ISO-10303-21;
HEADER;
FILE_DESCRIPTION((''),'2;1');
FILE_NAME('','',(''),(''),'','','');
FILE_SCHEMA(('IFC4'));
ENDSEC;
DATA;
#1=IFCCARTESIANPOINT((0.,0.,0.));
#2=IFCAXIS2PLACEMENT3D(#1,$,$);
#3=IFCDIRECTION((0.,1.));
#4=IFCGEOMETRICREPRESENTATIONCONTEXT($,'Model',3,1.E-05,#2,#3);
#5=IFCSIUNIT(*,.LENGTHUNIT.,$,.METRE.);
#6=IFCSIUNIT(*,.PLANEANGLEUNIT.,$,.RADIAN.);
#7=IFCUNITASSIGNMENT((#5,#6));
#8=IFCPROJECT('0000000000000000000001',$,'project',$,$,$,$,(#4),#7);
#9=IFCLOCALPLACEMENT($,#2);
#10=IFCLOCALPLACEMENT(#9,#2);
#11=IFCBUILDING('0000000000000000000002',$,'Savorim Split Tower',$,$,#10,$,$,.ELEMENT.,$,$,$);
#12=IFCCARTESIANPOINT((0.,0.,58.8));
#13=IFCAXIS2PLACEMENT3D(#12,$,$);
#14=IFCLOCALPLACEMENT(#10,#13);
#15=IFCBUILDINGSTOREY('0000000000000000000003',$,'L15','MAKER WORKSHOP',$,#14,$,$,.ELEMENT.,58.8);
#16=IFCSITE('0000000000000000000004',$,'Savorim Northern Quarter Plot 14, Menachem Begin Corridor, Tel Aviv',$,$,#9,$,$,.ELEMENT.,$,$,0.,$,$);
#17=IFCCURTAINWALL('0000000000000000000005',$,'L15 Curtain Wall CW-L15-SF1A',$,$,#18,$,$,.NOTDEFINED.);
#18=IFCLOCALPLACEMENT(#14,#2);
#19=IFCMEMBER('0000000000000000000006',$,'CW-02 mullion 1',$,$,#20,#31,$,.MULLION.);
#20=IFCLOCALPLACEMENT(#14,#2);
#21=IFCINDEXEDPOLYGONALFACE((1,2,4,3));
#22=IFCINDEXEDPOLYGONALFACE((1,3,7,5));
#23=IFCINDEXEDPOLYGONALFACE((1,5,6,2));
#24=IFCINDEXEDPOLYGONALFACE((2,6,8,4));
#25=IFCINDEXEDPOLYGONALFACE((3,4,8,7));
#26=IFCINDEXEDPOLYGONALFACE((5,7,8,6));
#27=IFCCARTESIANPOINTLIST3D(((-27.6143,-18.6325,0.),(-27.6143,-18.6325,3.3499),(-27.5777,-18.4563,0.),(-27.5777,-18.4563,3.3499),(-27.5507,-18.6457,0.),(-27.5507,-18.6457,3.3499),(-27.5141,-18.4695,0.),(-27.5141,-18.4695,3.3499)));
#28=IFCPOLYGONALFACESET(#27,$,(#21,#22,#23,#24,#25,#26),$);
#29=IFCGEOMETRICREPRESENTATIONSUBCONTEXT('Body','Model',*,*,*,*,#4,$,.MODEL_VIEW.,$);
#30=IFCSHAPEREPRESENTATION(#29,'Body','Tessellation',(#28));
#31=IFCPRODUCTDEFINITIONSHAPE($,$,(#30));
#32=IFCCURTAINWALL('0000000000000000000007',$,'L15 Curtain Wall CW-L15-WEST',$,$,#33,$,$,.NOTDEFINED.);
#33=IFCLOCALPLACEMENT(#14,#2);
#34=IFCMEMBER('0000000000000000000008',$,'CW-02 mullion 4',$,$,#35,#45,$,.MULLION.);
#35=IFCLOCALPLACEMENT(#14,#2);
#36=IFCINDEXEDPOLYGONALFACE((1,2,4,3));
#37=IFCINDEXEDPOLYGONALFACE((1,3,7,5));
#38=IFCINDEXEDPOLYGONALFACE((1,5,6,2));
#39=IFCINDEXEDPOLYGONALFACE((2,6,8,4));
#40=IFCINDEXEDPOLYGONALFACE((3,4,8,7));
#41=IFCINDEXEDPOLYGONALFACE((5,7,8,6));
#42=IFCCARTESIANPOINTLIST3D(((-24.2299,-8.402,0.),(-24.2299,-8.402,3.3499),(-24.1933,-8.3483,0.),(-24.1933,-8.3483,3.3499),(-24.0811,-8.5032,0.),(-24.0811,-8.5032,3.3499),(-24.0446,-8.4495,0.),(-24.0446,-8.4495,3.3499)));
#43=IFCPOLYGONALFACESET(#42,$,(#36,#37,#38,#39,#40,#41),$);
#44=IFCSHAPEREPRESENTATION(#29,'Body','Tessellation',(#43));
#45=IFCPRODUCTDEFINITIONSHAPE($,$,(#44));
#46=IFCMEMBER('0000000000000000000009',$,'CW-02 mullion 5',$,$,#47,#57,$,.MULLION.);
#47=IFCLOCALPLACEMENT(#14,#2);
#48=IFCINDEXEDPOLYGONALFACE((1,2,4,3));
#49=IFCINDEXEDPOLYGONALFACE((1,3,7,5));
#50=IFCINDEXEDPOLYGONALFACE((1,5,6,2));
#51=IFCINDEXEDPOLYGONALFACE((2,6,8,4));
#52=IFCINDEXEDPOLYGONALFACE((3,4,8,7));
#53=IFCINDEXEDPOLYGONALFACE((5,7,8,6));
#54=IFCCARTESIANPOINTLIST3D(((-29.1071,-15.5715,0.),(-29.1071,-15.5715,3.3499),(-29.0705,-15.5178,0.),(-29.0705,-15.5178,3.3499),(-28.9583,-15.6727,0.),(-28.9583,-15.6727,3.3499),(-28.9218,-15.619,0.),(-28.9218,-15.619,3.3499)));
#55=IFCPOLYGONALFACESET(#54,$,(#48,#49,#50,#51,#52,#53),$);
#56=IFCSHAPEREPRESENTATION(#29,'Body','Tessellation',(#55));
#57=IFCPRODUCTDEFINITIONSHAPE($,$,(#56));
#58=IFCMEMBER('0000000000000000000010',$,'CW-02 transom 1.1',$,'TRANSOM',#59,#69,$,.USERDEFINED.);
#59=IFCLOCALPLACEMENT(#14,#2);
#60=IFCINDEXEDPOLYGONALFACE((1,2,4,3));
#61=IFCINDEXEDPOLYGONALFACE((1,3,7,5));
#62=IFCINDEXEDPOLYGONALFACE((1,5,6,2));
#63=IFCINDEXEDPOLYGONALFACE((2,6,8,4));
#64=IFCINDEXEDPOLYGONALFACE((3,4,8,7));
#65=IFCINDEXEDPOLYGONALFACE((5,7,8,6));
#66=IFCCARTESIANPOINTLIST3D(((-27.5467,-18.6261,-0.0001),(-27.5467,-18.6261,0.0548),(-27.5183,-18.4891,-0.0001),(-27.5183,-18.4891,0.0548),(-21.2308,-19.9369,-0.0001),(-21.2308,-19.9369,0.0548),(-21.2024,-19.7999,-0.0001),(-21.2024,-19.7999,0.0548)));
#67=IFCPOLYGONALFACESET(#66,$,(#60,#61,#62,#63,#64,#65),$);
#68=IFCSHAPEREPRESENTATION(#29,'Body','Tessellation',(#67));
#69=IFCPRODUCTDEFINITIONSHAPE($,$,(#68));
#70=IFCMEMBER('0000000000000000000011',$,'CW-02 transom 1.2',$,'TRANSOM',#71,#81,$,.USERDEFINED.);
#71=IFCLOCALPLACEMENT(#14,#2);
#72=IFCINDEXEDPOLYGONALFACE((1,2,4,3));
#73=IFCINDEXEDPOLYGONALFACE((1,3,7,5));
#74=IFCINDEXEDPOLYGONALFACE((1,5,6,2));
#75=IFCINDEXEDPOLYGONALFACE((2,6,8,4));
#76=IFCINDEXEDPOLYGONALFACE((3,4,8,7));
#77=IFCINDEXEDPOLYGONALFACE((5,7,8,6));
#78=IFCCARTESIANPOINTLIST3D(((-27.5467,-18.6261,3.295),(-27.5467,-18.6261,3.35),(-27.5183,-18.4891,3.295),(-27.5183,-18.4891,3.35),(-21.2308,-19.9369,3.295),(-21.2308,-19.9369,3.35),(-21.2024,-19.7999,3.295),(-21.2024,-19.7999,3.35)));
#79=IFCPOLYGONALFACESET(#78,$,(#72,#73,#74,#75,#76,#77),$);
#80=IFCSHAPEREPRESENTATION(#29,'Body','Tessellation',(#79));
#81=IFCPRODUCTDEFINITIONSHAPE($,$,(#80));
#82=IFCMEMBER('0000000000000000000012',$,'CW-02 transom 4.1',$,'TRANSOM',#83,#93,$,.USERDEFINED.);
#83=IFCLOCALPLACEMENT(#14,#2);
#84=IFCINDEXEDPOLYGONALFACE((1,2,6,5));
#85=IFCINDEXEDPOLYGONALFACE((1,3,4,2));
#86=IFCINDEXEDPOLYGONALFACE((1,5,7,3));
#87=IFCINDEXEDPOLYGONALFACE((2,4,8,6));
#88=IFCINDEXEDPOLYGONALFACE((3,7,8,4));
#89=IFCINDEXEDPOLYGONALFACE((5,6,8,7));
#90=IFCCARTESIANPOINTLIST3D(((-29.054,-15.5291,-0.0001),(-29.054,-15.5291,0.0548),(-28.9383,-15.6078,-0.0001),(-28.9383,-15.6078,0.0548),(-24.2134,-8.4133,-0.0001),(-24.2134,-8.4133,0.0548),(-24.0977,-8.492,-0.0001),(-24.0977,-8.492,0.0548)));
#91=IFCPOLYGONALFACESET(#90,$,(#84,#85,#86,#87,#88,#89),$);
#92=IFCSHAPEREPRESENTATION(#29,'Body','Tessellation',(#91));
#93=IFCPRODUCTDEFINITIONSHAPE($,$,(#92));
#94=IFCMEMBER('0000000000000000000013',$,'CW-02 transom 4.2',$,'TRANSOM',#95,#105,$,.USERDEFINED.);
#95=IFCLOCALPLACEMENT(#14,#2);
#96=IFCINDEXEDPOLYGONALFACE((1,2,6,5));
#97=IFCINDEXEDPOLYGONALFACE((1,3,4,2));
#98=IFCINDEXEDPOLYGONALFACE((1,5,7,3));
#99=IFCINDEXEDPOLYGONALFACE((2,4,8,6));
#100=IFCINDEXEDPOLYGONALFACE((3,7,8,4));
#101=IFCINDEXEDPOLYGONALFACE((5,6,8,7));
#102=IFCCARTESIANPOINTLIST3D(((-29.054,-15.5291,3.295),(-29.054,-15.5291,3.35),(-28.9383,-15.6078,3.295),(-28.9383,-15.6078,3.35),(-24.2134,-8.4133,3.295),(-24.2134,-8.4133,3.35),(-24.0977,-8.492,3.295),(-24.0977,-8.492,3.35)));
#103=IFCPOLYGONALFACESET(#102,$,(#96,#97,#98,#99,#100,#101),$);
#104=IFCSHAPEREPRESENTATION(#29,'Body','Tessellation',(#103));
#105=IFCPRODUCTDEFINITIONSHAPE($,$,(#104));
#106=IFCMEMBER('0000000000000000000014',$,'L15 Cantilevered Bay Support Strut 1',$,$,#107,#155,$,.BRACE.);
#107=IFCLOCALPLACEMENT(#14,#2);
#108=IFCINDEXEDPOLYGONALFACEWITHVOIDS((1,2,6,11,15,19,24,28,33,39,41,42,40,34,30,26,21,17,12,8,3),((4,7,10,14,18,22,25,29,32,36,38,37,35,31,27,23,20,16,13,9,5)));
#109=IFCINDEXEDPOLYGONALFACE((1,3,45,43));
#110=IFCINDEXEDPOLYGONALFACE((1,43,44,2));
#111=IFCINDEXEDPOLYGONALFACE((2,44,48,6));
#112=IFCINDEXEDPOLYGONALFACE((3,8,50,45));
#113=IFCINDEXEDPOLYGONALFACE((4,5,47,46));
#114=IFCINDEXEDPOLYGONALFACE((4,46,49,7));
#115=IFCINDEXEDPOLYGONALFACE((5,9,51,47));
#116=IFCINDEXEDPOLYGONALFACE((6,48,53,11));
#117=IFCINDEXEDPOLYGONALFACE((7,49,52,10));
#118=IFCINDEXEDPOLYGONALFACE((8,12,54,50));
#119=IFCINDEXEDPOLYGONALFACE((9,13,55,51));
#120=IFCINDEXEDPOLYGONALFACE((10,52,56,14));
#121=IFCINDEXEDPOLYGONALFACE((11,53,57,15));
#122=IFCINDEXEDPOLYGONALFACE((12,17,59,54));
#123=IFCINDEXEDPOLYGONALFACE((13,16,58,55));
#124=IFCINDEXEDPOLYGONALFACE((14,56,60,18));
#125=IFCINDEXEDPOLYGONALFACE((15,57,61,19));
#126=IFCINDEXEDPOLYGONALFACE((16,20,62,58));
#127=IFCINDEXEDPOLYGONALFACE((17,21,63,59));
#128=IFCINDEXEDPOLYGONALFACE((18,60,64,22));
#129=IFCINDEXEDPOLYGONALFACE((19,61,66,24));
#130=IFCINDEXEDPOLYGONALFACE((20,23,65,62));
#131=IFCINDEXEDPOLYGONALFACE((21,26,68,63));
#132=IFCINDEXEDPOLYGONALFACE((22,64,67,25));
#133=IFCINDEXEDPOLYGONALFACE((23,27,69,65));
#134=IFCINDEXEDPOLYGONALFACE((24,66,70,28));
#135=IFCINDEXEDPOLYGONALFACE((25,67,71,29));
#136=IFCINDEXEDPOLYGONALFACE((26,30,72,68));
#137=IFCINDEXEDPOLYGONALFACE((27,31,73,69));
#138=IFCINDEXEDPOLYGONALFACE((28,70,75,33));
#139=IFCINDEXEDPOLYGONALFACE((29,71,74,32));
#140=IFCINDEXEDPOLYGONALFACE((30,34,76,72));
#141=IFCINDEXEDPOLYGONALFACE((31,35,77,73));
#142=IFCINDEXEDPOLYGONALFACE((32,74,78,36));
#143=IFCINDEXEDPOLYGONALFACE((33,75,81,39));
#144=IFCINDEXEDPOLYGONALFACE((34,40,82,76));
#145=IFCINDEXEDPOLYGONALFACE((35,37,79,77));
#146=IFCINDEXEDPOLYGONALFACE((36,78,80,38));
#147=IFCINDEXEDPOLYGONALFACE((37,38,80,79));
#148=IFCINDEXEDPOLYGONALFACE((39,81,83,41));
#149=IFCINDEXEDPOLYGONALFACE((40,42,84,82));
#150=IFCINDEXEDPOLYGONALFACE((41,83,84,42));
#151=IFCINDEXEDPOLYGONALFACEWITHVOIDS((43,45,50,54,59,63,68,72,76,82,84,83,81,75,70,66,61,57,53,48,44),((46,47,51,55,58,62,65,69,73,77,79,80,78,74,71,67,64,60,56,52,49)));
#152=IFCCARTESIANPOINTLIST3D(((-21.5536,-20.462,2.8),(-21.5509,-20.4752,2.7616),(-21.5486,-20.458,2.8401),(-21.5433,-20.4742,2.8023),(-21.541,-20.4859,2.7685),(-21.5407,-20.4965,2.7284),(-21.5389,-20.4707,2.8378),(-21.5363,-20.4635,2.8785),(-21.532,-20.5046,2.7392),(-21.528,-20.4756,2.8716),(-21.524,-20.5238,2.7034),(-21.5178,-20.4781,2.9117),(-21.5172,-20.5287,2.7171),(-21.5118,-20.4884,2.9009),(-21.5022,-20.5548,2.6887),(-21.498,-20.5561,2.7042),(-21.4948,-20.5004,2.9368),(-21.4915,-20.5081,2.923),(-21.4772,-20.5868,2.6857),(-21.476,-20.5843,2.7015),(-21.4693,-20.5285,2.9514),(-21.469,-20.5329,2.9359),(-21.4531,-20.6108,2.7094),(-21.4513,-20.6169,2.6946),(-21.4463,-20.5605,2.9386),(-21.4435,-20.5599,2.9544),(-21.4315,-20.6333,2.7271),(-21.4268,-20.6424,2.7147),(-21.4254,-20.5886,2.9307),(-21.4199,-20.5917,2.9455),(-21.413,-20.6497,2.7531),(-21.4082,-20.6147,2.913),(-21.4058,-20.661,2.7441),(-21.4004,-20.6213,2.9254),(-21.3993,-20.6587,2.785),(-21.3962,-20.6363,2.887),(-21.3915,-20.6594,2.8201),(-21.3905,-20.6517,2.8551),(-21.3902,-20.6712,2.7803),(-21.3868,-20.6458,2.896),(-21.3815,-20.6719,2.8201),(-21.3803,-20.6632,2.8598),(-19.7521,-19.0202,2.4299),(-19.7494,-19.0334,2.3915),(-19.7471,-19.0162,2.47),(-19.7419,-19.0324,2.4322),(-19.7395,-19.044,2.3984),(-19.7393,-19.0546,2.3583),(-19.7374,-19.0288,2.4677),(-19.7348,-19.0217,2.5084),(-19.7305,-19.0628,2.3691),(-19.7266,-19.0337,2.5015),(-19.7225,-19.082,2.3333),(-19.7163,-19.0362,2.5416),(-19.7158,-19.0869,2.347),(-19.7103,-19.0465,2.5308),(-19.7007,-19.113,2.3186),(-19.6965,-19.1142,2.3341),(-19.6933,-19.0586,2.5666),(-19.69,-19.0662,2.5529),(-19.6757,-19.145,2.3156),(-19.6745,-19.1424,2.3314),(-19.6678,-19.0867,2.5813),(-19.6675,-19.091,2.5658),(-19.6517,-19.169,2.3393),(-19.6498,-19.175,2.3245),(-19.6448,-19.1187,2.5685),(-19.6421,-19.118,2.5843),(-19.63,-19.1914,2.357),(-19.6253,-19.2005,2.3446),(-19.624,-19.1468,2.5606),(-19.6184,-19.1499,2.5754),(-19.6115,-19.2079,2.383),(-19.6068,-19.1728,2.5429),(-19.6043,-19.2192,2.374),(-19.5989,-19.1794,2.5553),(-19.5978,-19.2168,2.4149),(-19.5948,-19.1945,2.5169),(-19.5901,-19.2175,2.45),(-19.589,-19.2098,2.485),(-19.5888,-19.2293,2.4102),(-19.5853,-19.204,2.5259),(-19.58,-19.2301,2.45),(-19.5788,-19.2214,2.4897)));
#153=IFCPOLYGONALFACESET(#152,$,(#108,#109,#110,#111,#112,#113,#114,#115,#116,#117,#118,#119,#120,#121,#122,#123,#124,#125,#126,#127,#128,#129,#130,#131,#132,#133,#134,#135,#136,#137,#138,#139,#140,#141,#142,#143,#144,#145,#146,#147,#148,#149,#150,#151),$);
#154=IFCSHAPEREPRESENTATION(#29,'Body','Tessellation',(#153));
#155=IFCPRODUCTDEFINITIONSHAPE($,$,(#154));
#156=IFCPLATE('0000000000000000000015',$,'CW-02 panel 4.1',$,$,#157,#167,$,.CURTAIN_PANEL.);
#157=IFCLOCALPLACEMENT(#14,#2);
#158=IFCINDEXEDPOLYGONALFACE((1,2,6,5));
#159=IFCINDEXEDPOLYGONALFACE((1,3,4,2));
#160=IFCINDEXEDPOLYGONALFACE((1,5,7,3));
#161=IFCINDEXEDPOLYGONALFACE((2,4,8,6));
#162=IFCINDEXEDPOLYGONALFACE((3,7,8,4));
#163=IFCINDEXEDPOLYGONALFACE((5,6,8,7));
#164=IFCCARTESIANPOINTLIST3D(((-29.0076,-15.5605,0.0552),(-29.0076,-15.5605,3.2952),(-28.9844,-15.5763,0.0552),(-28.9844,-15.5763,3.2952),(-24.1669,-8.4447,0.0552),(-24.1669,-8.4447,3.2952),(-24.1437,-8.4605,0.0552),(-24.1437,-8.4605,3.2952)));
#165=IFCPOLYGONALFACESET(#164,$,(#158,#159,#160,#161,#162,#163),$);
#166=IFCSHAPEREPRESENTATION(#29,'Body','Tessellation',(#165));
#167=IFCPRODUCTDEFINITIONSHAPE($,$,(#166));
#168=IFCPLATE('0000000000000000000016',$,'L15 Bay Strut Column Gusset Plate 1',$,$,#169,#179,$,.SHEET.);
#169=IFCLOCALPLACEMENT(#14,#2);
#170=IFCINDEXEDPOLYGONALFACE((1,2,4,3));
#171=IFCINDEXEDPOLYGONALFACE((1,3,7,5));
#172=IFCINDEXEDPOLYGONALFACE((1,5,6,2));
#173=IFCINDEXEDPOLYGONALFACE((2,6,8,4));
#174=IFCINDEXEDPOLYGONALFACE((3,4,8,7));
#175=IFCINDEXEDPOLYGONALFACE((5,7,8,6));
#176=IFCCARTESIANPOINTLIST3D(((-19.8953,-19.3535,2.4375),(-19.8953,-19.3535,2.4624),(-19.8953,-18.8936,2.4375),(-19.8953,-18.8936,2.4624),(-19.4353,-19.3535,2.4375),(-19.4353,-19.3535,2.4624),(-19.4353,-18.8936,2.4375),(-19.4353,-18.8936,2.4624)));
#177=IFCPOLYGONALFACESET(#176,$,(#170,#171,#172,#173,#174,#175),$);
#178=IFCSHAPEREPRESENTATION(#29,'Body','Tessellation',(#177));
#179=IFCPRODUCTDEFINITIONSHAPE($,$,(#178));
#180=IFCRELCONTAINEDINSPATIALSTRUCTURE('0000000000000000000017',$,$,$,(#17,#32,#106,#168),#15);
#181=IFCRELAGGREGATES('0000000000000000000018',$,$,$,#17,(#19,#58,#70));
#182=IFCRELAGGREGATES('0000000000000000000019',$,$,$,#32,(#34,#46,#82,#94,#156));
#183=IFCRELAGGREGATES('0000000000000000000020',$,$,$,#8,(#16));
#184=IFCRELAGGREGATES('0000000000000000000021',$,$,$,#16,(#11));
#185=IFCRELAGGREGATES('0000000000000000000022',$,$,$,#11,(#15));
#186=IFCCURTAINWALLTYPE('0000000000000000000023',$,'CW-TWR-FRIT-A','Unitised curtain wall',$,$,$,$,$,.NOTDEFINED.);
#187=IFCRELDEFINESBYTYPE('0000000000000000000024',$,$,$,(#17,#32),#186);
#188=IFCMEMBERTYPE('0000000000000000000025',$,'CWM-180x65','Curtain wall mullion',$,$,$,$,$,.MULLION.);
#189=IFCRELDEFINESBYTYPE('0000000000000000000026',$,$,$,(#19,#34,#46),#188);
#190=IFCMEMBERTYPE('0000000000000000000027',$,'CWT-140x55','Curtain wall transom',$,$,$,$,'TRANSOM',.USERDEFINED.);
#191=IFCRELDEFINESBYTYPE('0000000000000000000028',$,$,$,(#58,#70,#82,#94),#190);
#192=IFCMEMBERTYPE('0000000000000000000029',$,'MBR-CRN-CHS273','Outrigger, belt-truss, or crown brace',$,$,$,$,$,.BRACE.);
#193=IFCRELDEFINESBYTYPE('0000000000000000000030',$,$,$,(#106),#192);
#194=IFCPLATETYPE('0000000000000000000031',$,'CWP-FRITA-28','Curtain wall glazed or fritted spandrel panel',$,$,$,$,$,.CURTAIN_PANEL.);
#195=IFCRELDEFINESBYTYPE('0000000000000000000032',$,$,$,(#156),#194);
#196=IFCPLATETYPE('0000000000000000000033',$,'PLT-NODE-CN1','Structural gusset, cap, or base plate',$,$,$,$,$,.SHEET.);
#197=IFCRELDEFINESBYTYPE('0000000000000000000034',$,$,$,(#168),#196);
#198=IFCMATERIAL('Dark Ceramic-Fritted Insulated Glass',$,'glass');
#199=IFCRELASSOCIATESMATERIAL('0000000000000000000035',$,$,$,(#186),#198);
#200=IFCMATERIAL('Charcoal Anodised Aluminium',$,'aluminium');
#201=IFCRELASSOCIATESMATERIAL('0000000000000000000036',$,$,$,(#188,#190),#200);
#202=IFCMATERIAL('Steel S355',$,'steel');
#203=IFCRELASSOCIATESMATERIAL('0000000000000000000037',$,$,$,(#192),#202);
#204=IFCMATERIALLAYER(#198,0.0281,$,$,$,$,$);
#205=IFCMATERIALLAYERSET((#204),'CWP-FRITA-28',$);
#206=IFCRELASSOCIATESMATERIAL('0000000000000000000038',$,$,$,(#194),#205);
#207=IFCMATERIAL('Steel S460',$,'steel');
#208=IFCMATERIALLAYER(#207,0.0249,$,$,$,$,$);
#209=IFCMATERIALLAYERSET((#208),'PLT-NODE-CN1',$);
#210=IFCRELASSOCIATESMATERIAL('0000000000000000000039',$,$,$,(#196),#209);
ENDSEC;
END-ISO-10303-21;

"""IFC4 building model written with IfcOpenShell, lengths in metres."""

from ifc_helpers import new_model, si_unit, direction, frame, origin, origin_2d, place, context, subcontext, project, spatial, rectangle, hollow_circle, extrude, material, layer, layer_set, material_profile, profile_set, type_object, element, aggregate, save


model = new_model("IFC4")

# Units and contexts
model_context = context("Model", 3, precision=1e-05, world=origin(), true_north=direction((0.0, 1.0)))
body_context = subcontext(model_context, "Body", "Model", "MODEL_VIEW")
ifc_project = project(units=[si_unit("LENGTHUNIT", "METRE"), si_unit("PLANEANGLEUNIT", "RADIAN")], contexts=[model_context])

# Site, building, storey
site_placement = place(None, origin())
site = spatial("IfcSite", under=ifc_project, at=site_placement, Name="Savorim Northern Quarter Plot 14, Menachem Begin Corridor, Tel Aviv", CompositionType="ELEMENT", RefElevation=0.0)
building_placement = place(site_placement, origin())
building = spatial("IfcBuilding", under=site, at=building_placement, Name="Savorim Split Tower", CompositionType="ELEMENT")
storey_placement = place(building_placement, frame((0.0, 0.0, 58.8)))
storey = spatial("IfcBuildingStorey", under=building, at=storey_placement, Name="L15", Description="MAKER WORKSHOP", CompositionType="ELEMENT", Elevation=58.8)

# Shared definitions
ifc_material_1 = material(Name="Steel S460", Category="steel")

# Shared definitions
ifc_material_2 = material(Name="Steel S355", Category="steel")

# Curtain wall, member
ifc_material_3 = material(Name="Dark Ceramic-Fritted Insulated Glass", Category="glass")
curtain_wall_type = type_object("IfcCurtainWallType", Name="CW-TWR-FRIT-A", Description="Unitised curtain wall", PredefinedType="NOTDEFINED", material=ifc_material_3)
curtain_wall_1_placement = place(storey_placement, origin())
curtain_wall_1 = element("IfcCurtainWall", 1, at=curtain_wall_1_placement, inside=storey, type_object=curtain_wall_type, Name="L15 Curtain Wall CW-L15-SF1A", PredefinedType="NOTDEFINED")
ifc_material_4 = material(Name="Charcoal Anodised Aluminium", Category="aluminium")
ifc_material_profile_1 = material_profile(ifc_material_4, rectangle(XDim=0.1799, YDim=0.0649, at=origin_2d()), Name="ALU-M 180x65")
ifc_profile_set_1 = profile_set([ifc_material_profile_1], Name="Charcoal Anodised Aluminium")
member_type_1 = type_object("IfcMemberType", Name="CWM-180x65", Description="Curtain wall mullion", PredefinedType="MULLION", material=ifc_profile_set_1)
member_1_placement = place(storey_placement, frame((-27.5642, -18.551, 0.0), z_axis=(0.0, 0.0, 1.0), x_axis=(0.20321, 0.979135, 0.0)))
member_1 = element("IfcMember", 2, at=member_1_placement, type_object=member_type_1, Name="CW-02 mullion 1", PredefinedType="MULLION", context=body_context, shape_type="SweptSolid", body=[
    extrude(rectangle(XDim=0.1799, YDim=0.0649, at=origin_2d()), origin(), (0.0, 0.0, 1.0), 3.3499),
])

# Curtain wall, members
curtain_wall_2_placement = place(storey_placement, origin())
curtain_wall_2 = element("IfcCurtainWall", 3, at=curtain_wall_2_placement, inside=storey, type_object=curtain_wall_type, Name="L15 Curtain Wall CW-L15-WEST", PredefinedType="NOTDEFINED")
member_2_placement = place(storey_placement, frame((-24.1372, -8.4258, 0.0), z_axis=(0.0, 0.0, 1.0), x_axis=(0.82682, -0.562466, 0.0)))
member_2 = element("IfcMember", 4, at=member_2_placement, type_object=member_type_1, Name="CW-02 mullion 4", PredefinedType="MULLION", context=body_context, shape_type="SweptSolid", body=[
    extrude(rectangle(XDim=0.1799, YDim=0.0649, at=origin_2d()), origin(), (0.0, 0.0, 1.0), 3.3499),
])
member_3_placement = place(storey_placement, frame((-29.0144, -15.5952, 0.0), z_axis=(0.0, 0.0, 1.0), x_axis=(0.82682, -0.562466, 0.0)))
member_3 = element("IfcMember", 5, at=member_3_placement, type_object=member_type_1, Name="CW-02 mullion 5", PredefinedType="MULLION", context=body_context, shape_type="SweptSolid", body=[
    extrude(rectangle(XDim=0.1799, YDim=0.0649, at=origin_2d()), origin(), (0.0, 0.0, 1.0), 3.3499),
])

# Members
ifc_material_profile_2 = material_profile(ifc_material_4, rectangle(XDim=0.1399, YDim=0.0549, at=origin_2d()), Name="ALU-T 140x55")
ifc_profile_set_2 = profile_set([ifc_material_profile_2], Name="Charcoal Anodised Aluminium")
member_type_2 = type_object("IfcMemberType", Name="CWT-140x55", Description="Curtain wall transom", ElementType="TRANSOM", PredefinedType="USERDEFINED", material=ifc_profile_set_2)
member_4_placement = place(storey_placement, frame((-27.5325, -18.5576, 0.0273), z_axis=(0.979136, -0.203208, 0.0), x_axis=(0.203208, 0.979136, 0.0)))
member_4 = element("IfcMember", 6, at=member_4_placement, type_object=member_type_2, Name="CW-02 transom 1.1", ObjectType="TRANSOM", PredefinedType="USERDEFINED", context=body_context, shape_type="SweptSolid", body=[
    extrude(rectangle(XDim=0.1399, YDim=0.0549, at=origin_2d()), origin(), (0.0, 0.0, 1.0), 6.4504),
])
member_5_placement = place(storey_placement, frame((-27.5325, -18.5576, 3.3225), z_axis=(0.979136, -0.203208, 0.0), x_axis=(0.203208, 0.979136, 0.0)))
member_5 = element("IfcMember", 7, at=member_5_placement, type_object=member_type_2, Name="CW-02 transom 1.2", ObjectType="TRANSOM", PredefinedType="USERDEFINED", context=body_context, shape_type="SweptSolid", body=[
    extrude(rectangle(XDim=0.1399, YDim=0.0549, at=origin_2d()), origin(), (0.0, 0.0, 1.0), 6.4504),
])
aggregate(curtain_wall_1, [member_1, member_4, member_5])
member_6_placement = place(storey_placement, frame((-24.1555, -8.4526, 0.0273), z_axis=(-0.56246, -0.826825, 0.0), x_axis=(0.826825, -0.56246, 0.0)))
member_6 = element("IfcMember", 8, at=member_6_placement, type_object=member_type_2, Name="CW-02 transom 4.1", ObjectType="TRANSOM", PredefinedType="USERDEFINED", context=body_context, shape_type="SweptSolid", body=[
    extrude(rectangle(XDim=0.1399, YDim=0.0549, at=origin_2d()), origin(), (0.0, 0.0, 1.0), 8.6062),
])
member_7_placement = place(storey_placement, frame((-24.1555, -8.4526, 3.3225), z_axis=(-0.56246, -0.826825, 0.0), x_axis=(0.826825, -0.56246, 0.0)))
member_7 = element("IfcMember", 9, at=member_7_placement, type_object=member_type_2, Name="CW-02 transom 4.2", ObjectType="TRANSOM", PredefinedType="USERDEFINED", context=body_context, shape_type="SweptSolid", body=[
    extrude(rectangle(XDim=0.1399, YDim=0.0549, at=origin_2d()), origin(), (0.0, 0.0, 1.0), 8.6062),
])
ifc_material_profile_3 = material_profile(ifc_material_2, hollow_circle(Radius=0.1365, WallThickness=0.0161, at=origin_2d()), Name="CHS 273x16")
ifc_profile_set_3 = profile_set([ifc_material_profile_3], Name="Steel S355")
member_type_3 = type_object("IfcMemberType", Name="MBR-CRN-CHS273", Description="Outrigger, belt-truss, or crown brace", PredefinedType="BRACE", material=ifc_profile_set_3)
member_8_placement = place(storey_placement, frame((-19.6653, -19.1235, 2.45), z_axis=(-0.770871, -0.616989, 0.158374), x_axis=(0.624876, -0.780724, 0.0)))
element("IfcMember", 10, at=member_8_placement, inside=storey, type_object=member_type_3, Name="L15 Cantilevered Bay Support Strut 1", PredefinedType="BRACE", context=body_context, shape_type="SweptSolid", body=[
    extrude(hollow_circle(Radius=0.1365, WallThickness=0.0161, at=origin_2d()), origin(), (0.0, 0.0, 1.0), 2.3369),
])

# Plates
ifc_layer_1 = layer(ifc_material_3, 0.0281)
ifc_layer_set_1 = layer_set([ifc_layer_1], Name="CWP-FRITA-28")
plate_type_1 = type_object("IfcPlateType", Name="CWP-FRITA-28", Description="Curtain wall glazed or fritted spandrel panel", PredefinedType="CURTAIN_PANEL", material=ifc_layer_set_1)
plate_1_placement = place(storey_placement, frame((-26.5757, -12.0105, 0.0552), z_axis=(0.0, 0.0, 1.0), x_axis=(-0.562466, -0.82682, 0.0)))
plate_1 = element("IfcPlate", 11, at=plate_1_placement, type_object=plate_type_1, Name="CW-02 panel 4.1", PredefinedType="CURTAIN_PANEL", context=body_context, shape_type="SweptSolid", body=[
    extrude(rectangle(XDim=8.6062, YDim=0.0281, at=origin_2d()), origin(), (0.0, 0.0, 1.0), 3.24),
])
aggregate(curtain_wall_2, [member_2, member_3, member_6, member_7, plate_1])
ifc_layer_2 = layer(ifc_material_1, 0.0249)
ifc_layer_set_2 = layer_set([ifc_layer_2], Name="PLT-NODE-CN1")
plate_type_2 = type_object("IfcPlateType", Name="PLT-NODE-CN1", Description="Structural gusset, cap, or base plate", PredefinedType="SHEET", material=ifc_layer_set_2)
plate_2_placement = place(storey_placement, frame((-19.6653, -19.1235, 2.4375), z_axis=(0.0, 0.0, 1.0), x_axis=(1.0, 0.0, 0.0)))
element("IfcPlate", 12, at=plate_2_placement, inside=storey, type_object=plate_type_2, Name="L15 Bay Strut Column Gusset Plate 1", PredefinedType="SHEET", context=body_context, shape_type="SweptSolid", body=[
    extrude(rectangle(XDim=0.46, YDim=0.46, at=origin_2d()), origin(), (0.0, 0.0, 1.0), 0.0249),
])

save(model, "model.ifc")
